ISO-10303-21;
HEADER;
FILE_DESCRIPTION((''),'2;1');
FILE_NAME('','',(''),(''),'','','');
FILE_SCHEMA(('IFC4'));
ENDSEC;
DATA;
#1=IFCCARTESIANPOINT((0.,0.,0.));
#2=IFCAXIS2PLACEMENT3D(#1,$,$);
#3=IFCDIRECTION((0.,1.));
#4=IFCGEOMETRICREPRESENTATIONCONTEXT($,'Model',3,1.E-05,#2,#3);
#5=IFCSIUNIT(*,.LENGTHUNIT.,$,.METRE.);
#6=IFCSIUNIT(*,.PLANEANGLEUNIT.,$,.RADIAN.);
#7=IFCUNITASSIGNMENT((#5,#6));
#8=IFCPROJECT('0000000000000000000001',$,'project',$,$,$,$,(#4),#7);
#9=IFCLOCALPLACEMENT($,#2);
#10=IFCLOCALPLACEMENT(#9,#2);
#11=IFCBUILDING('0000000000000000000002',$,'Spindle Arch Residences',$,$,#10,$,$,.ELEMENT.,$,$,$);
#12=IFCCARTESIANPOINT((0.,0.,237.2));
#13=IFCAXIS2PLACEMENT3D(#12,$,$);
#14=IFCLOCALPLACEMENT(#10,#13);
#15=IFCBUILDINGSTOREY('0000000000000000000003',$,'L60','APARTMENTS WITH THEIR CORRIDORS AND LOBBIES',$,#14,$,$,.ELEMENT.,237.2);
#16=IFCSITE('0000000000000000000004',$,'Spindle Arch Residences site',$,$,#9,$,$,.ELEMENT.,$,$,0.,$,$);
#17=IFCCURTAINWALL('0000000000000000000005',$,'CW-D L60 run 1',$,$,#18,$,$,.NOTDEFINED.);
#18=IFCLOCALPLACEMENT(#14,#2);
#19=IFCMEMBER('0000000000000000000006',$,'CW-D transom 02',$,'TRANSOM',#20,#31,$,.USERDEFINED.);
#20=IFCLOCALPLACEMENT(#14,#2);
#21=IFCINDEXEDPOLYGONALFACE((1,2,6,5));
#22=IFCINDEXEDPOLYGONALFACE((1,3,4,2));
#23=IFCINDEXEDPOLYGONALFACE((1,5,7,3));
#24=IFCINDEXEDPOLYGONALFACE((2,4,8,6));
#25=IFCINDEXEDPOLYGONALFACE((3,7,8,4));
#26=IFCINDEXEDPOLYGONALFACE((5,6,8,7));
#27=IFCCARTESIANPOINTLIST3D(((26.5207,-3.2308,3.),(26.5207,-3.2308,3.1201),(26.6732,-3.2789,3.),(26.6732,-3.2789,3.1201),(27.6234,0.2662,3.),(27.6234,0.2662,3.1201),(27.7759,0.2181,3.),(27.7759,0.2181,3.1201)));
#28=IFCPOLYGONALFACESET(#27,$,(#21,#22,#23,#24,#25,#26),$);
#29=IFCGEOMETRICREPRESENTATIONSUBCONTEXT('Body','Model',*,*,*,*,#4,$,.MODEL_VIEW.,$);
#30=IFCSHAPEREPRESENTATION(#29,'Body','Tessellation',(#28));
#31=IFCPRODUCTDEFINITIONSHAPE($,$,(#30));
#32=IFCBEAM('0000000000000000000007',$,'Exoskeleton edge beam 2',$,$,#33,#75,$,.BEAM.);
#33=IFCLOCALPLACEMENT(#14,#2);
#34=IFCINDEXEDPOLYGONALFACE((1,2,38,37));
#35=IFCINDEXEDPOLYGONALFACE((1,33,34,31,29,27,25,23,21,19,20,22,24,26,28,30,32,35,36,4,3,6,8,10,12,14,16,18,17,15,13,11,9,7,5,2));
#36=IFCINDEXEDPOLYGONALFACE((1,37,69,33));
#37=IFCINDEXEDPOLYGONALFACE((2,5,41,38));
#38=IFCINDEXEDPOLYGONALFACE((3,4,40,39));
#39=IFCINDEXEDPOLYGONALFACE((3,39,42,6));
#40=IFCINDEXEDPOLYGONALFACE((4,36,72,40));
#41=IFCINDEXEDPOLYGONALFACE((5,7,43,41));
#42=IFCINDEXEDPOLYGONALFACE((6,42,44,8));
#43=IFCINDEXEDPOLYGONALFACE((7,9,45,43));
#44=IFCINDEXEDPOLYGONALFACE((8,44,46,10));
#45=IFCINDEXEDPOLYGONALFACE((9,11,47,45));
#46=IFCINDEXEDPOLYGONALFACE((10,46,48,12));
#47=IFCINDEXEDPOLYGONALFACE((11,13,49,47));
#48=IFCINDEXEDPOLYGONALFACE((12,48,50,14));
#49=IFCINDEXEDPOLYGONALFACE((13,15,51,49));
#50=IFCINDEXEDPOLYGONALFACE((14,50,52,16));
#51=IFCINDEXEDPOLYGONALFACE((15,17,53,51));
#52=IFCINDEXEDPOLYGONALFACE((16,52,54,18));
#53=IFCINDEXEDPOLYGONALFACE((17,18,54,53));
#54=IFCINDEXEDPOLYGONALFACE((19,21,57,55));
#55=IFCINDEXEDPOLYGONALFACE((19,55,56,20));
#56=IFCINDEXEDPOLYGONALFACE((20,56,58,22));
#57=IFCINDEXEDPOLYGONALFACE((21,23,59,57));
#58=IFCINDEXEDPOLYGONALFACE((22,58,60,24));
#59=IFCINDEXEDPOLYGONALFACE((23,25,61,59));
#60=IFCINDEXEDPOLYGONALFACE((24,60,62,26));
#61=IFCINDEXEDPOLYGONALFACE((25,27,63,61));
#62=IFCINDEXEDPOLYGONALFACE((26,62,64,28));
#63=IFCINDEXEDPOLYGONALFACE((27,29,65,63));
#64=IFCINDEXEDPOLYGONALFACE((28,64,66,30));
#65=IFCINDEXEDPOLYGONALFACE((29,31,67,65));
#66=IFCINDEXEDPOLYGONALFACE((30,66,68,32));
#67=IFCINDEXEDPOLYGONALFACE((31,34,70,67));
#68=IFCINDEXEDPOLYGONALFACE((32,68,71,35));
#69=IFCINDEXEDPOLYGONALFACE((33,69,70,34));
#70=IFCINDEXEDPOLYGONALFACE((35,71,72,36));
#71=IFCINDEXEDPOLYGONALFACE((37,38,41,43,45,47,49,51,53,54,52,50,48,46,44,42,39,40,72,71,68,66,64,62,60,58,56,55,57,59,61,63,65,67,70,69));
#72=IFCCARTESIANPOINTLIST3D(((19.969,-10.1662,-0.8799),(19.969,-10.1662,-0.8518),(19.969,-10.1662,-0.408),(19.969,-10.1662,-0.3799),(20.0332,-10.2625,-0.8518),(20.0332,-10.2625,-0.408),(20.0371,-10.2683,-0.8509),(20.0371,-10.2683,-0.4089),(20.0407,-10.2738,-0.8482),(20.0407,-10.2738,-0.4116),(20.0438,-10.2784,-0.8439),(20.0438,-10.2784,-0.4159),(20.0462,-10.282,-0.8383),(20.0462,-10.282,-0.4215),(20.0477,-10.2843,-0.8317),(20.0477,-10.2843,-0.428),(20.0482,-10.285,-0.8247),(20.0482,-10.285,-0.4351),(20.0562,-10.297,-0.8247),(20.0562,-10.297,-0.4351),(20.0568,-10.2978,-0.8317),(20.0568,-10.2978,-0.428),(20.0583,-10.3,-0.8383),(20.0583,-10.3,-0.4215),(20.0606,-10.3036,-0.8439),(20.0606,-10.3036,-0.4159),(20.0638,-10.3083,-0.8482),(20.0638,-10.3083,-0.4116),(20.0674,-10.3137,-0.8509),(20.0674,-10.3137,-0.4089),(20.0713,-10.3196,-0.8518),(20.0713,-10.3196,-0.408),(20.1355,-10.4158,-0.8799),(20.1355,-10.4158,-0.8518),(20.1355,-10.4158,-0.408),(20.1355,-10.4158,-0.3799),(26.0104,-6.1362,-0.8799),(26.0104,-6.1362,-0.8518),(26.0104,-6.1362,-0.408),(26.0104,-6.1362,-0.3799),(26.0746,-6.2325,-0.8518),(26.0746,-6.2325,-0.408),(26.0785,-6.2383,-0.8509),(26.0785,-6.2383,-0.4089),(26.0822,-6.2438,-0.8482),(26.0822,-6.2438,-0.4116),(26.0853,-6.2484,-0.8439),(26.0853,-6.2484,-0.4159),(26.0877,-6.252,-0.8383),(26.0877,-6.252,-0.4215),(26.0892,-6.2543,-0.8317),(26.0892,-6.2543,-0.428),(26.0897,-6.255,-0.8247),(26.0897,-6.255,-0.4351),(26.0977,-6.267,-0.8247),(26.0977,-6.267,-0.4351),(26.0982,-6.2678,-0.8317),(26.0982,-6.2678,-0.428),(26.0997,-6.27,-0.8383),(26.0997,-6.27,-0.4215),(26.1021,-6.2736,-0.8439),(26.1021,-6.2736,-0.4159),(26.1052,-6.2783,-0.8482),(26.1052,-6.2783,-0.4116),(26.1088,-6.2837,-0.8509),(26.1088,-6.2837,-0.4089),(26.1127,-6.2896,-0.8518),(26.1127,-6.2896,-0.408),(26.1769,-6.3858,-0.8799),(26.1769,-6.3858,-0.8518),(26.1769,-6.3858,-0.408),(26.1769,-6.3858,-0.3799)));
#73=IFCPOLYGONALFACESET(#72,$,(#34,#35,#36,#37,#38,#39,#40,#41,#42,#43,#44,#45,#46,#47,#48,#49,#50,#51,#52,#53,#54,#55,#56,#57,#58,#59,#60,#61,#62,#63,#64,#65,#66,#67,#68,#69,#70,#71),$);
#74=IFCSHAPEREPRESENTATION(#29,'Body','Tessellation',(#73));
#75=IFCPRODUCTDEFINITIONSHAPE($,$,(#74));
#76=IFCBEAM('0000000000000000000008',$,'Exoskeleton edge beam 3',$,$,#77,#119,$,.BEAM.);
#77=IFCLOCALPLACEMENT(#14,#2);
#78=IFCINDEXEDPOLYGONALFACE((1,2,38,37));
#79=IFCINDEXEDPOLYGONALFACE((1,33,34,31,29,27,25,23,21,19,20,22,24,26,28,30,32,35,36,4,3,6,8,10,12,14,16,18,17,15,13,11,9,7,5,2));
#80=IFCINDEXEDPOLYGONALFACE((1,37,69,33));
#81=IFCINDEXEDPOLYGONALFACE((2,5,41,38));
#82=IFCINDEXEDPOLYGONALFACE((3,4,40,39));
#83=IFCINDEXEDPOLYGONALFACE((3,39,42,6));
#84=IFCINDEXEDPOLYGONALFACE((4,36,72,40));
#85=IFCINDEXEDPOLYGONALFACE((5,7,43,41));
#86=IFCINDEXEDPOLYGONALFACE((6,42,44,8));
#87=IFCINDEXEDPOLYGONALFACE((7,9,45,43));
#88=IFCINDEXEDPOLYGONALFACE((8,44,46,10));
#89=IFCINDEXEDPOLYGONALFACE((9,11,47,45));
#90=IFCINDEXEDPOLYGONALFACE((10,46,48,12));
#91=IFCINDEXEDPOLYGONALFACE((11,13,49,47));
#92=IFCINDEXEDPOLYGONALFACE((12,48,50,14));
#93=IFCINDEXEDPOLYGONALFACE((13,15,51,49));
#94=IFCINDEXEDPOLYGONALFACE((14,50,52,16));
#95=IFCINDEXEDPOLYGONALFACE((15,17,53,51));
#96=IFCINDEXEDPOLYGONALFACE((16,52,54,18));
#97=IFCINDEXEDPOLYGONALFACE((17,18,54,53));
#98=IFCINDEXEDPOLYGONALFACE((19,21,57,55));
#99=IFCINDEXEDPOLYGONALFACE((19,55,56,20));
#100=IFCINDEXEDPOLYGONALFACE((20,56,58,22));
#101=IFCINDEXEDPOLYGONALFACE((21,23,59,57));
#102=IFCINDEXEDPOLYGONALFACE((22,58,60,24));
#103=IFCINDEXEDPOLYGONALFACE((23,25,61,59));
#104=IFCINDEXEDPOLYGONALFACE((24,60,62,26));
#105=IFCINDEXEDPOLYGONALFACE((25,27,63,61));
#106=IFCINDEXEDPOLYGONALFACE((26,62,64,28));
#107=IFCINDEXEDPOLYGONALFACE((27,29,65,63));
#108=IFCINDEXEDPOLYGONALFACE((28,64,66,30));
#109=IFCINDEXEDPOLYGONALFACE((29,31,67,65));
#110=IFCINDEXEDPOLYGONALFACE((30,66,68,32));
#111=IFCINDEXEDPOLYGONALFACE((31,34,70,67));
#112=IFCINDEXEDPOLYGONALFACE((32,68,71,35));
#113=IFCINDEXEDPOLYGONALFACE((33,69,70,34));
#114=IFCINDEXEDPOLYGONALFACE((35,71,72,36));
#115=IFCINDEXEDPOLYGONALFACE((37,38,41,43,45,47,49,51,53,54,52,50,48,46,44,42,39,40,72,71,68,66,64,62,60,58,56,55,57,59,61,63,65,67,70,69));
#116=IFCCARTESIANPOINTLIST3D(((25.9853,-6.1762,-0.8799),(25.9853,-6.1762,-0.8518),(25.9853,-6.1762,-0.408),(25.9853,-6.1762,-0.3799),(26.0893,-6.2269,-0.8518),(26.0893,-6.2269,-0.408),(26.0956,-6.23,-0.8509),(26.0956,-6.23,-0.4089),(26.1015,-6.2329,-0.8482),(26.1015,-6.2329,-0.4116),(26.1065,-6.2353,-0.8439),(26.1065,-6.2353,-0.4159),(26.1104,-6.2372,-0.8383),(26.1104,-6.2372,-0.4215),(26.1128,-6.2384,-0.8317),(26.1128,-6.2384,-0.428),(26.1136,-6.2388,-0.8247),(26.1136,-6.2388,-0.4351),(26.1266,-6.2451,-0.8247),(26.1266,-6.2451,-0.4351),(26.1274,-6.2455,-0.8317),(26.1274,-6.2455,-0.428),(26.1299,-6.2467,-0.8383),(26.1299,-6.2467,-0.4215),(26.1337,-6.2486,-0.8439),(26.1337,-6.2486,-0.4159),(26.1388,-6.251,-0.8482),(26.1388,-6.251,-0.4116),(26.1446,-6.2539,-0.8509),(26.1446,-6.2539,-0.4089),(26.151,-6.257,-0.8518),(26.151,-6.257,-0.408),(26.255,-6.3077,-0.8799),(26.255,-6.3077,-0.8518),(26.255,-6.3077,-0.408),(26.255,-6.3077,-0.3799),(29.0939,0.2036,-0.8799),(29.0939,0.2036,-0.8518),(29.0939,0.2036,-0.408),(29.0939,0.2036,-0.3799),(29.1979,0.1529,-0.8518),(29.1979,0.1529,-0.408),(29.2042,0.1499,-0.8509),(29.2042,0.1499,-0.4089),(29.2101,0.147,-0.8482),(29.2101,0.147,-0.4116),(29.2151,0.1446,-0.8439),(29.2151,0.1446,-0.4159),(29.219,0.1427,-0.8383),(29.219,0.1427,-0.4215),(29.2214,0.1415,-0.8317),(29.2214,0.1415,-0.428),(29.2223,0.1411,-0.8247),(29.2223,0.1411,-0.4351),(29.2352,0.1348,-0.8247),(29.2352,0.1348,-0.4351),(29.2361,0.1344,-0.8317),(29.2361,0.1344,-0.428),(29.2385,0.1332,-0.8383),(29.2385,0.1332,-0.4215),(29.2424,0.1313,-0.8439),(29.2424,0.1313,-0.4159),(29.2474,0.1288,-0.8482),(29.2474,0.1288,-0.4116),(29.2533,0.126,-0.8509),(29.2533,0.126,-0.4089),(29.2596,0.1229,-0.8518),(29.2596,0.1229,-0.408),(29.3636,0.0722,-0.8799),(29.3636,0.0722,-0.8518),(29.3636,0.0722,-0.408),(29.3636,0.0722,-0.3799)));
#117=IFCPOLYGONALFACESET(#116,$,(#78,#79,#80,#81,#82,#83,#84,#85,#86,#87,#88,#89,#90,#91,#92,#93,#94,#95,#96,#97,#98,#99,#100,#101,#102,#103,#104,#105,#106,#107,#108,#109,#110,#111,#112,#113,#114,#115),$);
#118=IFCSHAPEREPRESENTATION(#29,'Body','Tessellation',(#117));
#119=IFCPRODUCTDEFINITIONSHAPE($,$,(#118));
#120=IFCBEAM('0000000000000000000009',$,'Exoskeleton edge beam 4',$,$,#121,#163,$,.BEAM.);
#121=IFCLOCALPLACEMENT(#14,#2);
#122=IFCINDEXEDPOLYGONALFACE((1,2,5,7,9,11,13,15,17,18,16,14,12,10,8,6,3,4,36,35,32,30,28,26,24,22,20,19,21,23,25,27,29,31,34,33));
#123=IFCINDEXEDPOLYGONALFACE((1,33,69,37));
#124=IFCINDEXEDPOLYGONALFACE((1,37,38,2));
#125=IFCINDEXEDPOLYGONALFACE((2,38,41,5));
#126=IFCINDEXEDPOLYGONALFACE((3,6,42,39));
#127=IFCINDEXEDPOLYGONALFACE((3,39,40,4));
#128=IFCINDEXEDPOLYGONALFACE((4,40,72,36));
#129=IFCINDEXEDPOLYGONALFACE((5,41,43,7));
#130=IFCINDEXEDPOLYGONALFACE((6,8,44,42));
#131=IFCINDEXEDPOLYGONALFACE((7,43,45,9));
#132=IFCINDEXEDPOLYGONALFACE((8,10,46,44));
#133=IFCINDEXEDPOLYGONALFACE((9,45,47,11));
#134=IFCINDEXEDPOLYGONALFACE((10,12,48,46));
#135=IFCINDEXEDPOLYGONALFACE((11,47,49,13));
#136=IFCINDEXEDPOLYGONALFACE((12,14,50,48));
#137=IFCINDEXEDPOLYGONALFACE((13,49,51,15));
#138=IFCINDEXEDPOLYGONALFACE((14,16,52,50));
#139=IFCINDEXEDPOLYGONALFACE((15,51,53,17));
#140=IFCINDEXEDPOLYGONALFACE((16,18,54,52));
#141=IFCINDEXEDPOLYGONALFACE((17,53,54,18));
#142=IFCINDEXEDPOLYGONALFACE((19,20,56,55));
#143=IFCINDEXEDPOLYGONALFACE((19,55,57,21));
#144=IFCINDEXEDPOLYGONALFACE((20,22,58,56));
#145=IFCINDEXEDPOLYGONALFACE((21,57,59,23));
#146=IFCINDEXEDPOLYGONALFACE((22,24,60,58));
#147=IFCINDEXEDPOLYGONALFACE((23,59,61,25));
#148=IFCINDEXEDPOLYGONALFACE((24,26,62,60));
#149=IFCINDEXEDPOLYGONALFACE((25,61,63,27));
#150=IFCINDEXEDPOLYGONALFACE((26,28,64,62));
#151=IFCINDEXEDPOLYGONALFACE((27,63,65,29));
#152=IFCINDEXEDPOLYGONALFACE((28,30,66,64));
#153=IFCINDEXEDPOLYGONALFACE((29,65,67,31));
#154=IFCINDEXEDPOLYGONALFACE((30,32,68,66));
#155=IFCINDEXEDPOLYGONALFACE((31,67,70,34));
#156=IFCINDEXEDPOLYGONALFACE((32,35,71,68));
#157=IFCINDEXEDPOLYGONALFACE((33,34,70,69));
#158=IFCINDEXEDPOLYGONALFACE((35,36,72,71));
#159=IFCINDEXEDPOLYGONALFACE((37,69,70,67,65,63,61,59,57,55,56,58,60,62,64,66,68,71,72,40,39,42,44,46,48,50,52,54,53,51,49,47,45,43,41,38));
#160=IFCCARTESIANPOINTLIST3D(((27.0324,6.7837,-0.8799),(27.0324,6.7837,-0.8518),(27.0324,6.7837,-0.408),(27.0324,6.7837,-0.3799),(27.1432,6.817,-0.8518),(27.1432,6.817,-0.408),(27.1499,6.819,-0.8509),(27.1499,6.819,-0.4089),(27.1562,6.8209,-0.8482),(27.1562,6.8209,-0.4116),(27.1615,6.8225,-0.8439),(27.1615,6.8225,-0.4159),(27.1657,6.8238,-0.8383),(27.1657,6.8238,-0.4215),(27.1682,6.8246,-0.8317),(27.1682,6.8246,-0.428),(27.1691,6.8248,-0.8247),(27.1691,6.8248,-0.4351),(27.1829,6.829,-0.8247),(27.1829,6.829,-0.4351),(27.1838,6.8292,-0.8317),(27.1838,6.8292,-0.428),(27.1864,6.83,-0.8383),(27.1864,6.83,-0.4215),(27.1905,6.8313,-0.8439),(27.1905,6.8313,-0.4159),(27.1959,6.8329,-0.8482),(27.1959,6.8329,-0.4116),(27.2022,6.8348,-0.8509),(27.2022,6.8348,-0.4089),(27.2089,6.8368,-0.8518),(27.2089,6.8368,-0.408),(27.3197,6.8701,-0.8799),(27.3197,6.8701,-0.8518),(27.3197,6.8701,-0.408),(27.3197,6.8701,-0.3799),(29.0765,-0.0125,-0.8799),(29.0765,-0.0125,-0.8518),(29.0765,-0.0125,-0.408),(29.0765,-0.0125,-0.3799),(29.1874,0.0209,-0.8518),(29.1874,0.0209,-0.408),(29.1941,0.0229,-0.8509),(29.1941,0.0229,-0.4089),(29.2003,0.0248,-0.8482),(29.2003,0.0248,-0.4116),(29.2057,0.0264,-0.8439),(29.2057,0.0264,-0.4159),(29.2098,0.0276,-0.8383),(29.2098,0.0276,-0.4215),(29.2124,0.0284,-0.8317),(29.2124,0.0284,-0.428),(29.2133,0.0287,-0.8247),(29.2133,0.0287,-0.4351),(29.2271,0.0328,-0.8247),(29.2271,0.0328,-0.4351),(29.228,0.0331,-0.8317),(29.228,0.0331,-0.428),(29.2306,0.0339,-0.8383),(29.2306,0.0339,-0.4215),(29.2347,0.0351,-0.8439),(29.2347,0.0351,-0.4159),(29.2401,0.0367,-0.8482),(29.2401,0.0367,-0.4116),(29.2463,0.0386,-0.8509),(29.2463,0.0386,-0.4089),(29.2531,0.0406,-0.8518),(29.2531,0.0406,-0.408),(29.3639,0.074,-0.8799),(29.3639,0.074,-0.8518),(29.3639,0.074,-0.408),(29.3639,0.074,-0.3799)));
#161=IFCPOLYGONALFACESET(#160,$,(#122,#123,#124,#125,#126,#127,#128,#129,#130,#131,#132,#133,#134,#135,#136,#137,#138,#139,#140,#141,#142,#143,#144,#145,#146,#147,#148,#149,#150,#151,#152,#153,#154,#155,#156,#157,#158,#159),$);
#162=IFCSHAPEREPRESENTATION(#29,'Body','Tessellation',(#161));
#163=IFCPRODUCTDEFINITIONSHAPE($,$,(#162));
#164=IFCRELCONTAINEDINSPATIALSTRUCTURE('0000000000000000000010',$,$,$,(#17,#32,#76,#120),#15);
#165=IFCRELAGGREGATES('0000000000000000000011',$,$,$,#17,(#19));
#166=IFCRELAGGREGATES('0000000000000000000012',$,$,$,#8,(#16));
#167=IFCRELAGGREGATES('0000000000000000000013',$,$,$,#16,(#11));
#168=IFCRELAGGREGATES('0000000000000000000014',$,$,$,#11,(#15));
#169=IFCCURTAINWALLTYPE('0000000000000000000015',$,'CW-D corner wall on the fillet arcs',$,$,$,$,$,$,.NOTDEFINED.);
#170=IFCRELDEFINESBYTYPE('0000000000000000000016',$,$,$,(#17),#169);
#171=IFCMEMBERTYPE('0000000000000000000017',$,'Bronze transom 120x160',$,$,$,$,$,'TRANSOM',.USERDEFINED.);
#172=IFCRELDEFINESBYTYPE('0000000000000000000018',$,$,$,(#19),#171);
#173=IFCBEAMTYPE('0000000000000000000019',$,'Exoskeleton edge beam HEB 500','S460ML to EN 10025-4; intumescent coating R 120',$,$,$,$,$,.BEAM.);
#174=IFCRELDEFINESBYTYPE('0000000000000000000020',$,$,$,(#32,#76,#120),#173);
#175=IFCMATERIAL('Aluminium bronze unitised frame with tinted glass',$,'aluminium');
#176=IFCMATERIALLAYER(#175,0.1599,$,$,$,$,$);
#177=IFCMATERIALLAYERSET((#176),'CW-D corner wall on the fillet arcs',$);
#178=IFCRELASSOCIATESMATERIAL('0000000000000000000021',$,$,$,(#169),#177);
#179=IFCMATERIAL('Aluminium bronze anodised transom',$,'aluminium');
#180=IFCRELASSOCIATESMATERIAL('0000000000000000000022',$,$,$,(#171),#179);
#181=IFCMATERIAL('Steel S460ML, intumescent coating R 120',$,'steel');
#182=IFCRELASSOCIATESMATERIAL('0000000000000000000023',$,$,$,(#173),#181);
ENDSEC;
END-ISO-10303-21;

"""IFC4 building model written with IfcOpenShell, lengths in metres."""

from ifc_helpers import new_model, si_unit, direction, frame, origin, origin_2d, place, context, subcontext, project, spatial, rectangle, i_section, extrude, material, layer, layer_set, material_profile, profile_set, type_object, element, aggregate, save


model = new_model("IFC4")

# Units and contexts
model_context = context("Model", 3, precision=1e-05, world=origin(), true_north=direction((0.0, 1.0)))
body_context = subcontext(model_context, "Body", "Model", "MODEL_VIEW")
ifc_project = project(units=[si_unit("LENGTHUNIT", "METRE"), si_unit("PLANEANGLEUNIT", "RADIAN")], contexts=[model_context])

# Site, building, storey
site_placement = place(None, origin())
site = spatial("IfcSite", under=ifc_project, at=site_placement, Name="Spindle Arch Residences site", CompositionType="ELEMENT", RefElevation=0.0)
building_placement = place(site_placement, origin())
building = spatial("IfcBuilding", under=site, at=building_placement, Name="Spindle Arch Residences", CompositionType="ELEMENT")
storey_placement = place(building_placement, frame((0.0, 0.0, 237.2)))
storey = spatial("IfcBuildingStorey", under=building, at=storey_placement, Name="L60", Description="APARTMENTS WITH THEIR CORRIDORS AND LOBBIES", CompositionType="ELEMENT", Elevation=237.2)

# Curtain wall, member
ifc_material_1 = material(Name="Aluminium bronze unitised frame with tinted glass", Category="aluminium")
ifc_layer_1 = layer(ifc_material_1, 0.1599)
ifc_layer_set_1 = layer_set([ifc_layer_1], Name="CW-D corner wall on the fillet arcs")
curtain_wall_type = type_object("IfcCurtainWallType", Name="CW-D corner wall on the fillet arcs", PredefinedType="NOTDEFINED", material=ifc_layer_set_1)
curtain_wall_placement = place(storey_placement, origin())
curtain_wall = element("IfcCurtainWall", 1, at=curtain_wall_placement, inside=storey, type_object=curtain_wall_type, Name="CW-D L60 run 1", PredefinedType="NOTDEFINED")
ifc_material_2 = material(Name="Aluminium bronze anodised transom", Category="aluminium")
ifc_material_profile_1 = material_profile(ifc_material_2, rectangle(XDim=0.1599, YDim=0.1201, at=origin_2d()), Name="TR 120x160")
ifc_profile_set_1 = profile_set([ifc_material_profile_1], Name="Aluminium bronze anodised transom")
member_type_1 = type_object("IfcMemberType", Name="Bronze transom 120x160", ElementType="TRANSOM", PredefinedType="USERDEFINED", material=ifc_profile_set_1)
member_1_placement = place(storey_placement, frame((26.5969, -3.2549, 3.0601), z_axis=(0.300746, 0.953704, 0.0), x_axis=(-0.953704, 0.300746, 0.0)))
member_1 = element("IfcMember", 2, at=member_1_placement, type_object=member_type_1, Name="CW-D transom 02", ObjectType="TRANSOM", PredefinedType="USERDEFINED", context=body_context, shape_type="SweptSolid", body=[
    extrude(rectangle(XDim=0.1599, YDim=0.1201, at=origin_2d()), origin(), (0.0, 0.0, 1.0), 3.6667),
])

# Beams
ifc_material_3 = material(Name="Steel S460ML, intumescent coating R 120", Category="steel")
ifc_material_profile_2 = material_profile(ifc_material_3, i_section(OverallWidth=0.3, OverallDepth=0.5, WebThickness=0.0144, FlangeThickness=0.0281, FilletRadius=0.0271, at=origin_2d()), Name="HEB 500")
ifc_profile_set_2 = profile_set([ifc_material_profile_2], Name="Steel S460ML, intumescent coating R 120")
beam_type_1 = type_object("IfcBeamType", Name="Exoskeleton edge beam HEB 500", Description="S460ML to EN 10025-4; intumescent coating R 120", PredefinedType="BEAM", material=ifc_profile_set_2)
beam_1_placement = place(storey_placement, frame((20.0522, -10.291, -0.6299), z_axis=(0.8319, 0.554925, 0.0), x_axis=(-0.554925, 0.8319, 0.0)))
element("IfcBeam", 3, at=beam_1_placement, inside=storey, type_object=beam_type_1, Name="Exoskeleton edge beam 2", PredefinedType="BEAM", context=body_context, shape_type="SweptSolid", body=[
    extrude(i_section(OverallWidth=0.3, OverallDepth=0.5, WebThickness=0.0144, FlangeThickness=0.0281, FilletRadius=0.0271, at=origin_2d()), origin(), (0.0, 0.0, 1.0), 7.2622),
])
for number, where, z_axis, x_axis, name in (
    (4, (26.1201, -6.2419, -0.6299), (0.438026, 0.898962, 0.0), (-0.898962, 0.438026, 0.0), "Exoskeleton edge beam 3"),
    (5, (29.2202, 0.0308, -0.6299), (-0.288039, 0.957619, 0.0), (-0.957619, -0.288039, 0.0), "Exoskeleton edge beam 4"),
):
    element("IfcBeam", number, at=place(storey_placement, frame(where, z_axis=z_axis, x_axis=x_axis)), inside=storey, type_object=beam_type_1, Name=name, PredefinedType="BEAM", context=body_context, shape_type="SweptSolid", body=[
        extrude(i_section(OverallWidth=0.3, OverallDepth=0.5, WebThickness=0.0144, FlangeThickness=0.0281, FilletRadius=0.0271, at=origin_2d()), origin(), (0.0, 0.0, 1.0), 7.0969),
    ])

aggregate(curtain_wall, [member_1])

save(model, "model.ifc")
